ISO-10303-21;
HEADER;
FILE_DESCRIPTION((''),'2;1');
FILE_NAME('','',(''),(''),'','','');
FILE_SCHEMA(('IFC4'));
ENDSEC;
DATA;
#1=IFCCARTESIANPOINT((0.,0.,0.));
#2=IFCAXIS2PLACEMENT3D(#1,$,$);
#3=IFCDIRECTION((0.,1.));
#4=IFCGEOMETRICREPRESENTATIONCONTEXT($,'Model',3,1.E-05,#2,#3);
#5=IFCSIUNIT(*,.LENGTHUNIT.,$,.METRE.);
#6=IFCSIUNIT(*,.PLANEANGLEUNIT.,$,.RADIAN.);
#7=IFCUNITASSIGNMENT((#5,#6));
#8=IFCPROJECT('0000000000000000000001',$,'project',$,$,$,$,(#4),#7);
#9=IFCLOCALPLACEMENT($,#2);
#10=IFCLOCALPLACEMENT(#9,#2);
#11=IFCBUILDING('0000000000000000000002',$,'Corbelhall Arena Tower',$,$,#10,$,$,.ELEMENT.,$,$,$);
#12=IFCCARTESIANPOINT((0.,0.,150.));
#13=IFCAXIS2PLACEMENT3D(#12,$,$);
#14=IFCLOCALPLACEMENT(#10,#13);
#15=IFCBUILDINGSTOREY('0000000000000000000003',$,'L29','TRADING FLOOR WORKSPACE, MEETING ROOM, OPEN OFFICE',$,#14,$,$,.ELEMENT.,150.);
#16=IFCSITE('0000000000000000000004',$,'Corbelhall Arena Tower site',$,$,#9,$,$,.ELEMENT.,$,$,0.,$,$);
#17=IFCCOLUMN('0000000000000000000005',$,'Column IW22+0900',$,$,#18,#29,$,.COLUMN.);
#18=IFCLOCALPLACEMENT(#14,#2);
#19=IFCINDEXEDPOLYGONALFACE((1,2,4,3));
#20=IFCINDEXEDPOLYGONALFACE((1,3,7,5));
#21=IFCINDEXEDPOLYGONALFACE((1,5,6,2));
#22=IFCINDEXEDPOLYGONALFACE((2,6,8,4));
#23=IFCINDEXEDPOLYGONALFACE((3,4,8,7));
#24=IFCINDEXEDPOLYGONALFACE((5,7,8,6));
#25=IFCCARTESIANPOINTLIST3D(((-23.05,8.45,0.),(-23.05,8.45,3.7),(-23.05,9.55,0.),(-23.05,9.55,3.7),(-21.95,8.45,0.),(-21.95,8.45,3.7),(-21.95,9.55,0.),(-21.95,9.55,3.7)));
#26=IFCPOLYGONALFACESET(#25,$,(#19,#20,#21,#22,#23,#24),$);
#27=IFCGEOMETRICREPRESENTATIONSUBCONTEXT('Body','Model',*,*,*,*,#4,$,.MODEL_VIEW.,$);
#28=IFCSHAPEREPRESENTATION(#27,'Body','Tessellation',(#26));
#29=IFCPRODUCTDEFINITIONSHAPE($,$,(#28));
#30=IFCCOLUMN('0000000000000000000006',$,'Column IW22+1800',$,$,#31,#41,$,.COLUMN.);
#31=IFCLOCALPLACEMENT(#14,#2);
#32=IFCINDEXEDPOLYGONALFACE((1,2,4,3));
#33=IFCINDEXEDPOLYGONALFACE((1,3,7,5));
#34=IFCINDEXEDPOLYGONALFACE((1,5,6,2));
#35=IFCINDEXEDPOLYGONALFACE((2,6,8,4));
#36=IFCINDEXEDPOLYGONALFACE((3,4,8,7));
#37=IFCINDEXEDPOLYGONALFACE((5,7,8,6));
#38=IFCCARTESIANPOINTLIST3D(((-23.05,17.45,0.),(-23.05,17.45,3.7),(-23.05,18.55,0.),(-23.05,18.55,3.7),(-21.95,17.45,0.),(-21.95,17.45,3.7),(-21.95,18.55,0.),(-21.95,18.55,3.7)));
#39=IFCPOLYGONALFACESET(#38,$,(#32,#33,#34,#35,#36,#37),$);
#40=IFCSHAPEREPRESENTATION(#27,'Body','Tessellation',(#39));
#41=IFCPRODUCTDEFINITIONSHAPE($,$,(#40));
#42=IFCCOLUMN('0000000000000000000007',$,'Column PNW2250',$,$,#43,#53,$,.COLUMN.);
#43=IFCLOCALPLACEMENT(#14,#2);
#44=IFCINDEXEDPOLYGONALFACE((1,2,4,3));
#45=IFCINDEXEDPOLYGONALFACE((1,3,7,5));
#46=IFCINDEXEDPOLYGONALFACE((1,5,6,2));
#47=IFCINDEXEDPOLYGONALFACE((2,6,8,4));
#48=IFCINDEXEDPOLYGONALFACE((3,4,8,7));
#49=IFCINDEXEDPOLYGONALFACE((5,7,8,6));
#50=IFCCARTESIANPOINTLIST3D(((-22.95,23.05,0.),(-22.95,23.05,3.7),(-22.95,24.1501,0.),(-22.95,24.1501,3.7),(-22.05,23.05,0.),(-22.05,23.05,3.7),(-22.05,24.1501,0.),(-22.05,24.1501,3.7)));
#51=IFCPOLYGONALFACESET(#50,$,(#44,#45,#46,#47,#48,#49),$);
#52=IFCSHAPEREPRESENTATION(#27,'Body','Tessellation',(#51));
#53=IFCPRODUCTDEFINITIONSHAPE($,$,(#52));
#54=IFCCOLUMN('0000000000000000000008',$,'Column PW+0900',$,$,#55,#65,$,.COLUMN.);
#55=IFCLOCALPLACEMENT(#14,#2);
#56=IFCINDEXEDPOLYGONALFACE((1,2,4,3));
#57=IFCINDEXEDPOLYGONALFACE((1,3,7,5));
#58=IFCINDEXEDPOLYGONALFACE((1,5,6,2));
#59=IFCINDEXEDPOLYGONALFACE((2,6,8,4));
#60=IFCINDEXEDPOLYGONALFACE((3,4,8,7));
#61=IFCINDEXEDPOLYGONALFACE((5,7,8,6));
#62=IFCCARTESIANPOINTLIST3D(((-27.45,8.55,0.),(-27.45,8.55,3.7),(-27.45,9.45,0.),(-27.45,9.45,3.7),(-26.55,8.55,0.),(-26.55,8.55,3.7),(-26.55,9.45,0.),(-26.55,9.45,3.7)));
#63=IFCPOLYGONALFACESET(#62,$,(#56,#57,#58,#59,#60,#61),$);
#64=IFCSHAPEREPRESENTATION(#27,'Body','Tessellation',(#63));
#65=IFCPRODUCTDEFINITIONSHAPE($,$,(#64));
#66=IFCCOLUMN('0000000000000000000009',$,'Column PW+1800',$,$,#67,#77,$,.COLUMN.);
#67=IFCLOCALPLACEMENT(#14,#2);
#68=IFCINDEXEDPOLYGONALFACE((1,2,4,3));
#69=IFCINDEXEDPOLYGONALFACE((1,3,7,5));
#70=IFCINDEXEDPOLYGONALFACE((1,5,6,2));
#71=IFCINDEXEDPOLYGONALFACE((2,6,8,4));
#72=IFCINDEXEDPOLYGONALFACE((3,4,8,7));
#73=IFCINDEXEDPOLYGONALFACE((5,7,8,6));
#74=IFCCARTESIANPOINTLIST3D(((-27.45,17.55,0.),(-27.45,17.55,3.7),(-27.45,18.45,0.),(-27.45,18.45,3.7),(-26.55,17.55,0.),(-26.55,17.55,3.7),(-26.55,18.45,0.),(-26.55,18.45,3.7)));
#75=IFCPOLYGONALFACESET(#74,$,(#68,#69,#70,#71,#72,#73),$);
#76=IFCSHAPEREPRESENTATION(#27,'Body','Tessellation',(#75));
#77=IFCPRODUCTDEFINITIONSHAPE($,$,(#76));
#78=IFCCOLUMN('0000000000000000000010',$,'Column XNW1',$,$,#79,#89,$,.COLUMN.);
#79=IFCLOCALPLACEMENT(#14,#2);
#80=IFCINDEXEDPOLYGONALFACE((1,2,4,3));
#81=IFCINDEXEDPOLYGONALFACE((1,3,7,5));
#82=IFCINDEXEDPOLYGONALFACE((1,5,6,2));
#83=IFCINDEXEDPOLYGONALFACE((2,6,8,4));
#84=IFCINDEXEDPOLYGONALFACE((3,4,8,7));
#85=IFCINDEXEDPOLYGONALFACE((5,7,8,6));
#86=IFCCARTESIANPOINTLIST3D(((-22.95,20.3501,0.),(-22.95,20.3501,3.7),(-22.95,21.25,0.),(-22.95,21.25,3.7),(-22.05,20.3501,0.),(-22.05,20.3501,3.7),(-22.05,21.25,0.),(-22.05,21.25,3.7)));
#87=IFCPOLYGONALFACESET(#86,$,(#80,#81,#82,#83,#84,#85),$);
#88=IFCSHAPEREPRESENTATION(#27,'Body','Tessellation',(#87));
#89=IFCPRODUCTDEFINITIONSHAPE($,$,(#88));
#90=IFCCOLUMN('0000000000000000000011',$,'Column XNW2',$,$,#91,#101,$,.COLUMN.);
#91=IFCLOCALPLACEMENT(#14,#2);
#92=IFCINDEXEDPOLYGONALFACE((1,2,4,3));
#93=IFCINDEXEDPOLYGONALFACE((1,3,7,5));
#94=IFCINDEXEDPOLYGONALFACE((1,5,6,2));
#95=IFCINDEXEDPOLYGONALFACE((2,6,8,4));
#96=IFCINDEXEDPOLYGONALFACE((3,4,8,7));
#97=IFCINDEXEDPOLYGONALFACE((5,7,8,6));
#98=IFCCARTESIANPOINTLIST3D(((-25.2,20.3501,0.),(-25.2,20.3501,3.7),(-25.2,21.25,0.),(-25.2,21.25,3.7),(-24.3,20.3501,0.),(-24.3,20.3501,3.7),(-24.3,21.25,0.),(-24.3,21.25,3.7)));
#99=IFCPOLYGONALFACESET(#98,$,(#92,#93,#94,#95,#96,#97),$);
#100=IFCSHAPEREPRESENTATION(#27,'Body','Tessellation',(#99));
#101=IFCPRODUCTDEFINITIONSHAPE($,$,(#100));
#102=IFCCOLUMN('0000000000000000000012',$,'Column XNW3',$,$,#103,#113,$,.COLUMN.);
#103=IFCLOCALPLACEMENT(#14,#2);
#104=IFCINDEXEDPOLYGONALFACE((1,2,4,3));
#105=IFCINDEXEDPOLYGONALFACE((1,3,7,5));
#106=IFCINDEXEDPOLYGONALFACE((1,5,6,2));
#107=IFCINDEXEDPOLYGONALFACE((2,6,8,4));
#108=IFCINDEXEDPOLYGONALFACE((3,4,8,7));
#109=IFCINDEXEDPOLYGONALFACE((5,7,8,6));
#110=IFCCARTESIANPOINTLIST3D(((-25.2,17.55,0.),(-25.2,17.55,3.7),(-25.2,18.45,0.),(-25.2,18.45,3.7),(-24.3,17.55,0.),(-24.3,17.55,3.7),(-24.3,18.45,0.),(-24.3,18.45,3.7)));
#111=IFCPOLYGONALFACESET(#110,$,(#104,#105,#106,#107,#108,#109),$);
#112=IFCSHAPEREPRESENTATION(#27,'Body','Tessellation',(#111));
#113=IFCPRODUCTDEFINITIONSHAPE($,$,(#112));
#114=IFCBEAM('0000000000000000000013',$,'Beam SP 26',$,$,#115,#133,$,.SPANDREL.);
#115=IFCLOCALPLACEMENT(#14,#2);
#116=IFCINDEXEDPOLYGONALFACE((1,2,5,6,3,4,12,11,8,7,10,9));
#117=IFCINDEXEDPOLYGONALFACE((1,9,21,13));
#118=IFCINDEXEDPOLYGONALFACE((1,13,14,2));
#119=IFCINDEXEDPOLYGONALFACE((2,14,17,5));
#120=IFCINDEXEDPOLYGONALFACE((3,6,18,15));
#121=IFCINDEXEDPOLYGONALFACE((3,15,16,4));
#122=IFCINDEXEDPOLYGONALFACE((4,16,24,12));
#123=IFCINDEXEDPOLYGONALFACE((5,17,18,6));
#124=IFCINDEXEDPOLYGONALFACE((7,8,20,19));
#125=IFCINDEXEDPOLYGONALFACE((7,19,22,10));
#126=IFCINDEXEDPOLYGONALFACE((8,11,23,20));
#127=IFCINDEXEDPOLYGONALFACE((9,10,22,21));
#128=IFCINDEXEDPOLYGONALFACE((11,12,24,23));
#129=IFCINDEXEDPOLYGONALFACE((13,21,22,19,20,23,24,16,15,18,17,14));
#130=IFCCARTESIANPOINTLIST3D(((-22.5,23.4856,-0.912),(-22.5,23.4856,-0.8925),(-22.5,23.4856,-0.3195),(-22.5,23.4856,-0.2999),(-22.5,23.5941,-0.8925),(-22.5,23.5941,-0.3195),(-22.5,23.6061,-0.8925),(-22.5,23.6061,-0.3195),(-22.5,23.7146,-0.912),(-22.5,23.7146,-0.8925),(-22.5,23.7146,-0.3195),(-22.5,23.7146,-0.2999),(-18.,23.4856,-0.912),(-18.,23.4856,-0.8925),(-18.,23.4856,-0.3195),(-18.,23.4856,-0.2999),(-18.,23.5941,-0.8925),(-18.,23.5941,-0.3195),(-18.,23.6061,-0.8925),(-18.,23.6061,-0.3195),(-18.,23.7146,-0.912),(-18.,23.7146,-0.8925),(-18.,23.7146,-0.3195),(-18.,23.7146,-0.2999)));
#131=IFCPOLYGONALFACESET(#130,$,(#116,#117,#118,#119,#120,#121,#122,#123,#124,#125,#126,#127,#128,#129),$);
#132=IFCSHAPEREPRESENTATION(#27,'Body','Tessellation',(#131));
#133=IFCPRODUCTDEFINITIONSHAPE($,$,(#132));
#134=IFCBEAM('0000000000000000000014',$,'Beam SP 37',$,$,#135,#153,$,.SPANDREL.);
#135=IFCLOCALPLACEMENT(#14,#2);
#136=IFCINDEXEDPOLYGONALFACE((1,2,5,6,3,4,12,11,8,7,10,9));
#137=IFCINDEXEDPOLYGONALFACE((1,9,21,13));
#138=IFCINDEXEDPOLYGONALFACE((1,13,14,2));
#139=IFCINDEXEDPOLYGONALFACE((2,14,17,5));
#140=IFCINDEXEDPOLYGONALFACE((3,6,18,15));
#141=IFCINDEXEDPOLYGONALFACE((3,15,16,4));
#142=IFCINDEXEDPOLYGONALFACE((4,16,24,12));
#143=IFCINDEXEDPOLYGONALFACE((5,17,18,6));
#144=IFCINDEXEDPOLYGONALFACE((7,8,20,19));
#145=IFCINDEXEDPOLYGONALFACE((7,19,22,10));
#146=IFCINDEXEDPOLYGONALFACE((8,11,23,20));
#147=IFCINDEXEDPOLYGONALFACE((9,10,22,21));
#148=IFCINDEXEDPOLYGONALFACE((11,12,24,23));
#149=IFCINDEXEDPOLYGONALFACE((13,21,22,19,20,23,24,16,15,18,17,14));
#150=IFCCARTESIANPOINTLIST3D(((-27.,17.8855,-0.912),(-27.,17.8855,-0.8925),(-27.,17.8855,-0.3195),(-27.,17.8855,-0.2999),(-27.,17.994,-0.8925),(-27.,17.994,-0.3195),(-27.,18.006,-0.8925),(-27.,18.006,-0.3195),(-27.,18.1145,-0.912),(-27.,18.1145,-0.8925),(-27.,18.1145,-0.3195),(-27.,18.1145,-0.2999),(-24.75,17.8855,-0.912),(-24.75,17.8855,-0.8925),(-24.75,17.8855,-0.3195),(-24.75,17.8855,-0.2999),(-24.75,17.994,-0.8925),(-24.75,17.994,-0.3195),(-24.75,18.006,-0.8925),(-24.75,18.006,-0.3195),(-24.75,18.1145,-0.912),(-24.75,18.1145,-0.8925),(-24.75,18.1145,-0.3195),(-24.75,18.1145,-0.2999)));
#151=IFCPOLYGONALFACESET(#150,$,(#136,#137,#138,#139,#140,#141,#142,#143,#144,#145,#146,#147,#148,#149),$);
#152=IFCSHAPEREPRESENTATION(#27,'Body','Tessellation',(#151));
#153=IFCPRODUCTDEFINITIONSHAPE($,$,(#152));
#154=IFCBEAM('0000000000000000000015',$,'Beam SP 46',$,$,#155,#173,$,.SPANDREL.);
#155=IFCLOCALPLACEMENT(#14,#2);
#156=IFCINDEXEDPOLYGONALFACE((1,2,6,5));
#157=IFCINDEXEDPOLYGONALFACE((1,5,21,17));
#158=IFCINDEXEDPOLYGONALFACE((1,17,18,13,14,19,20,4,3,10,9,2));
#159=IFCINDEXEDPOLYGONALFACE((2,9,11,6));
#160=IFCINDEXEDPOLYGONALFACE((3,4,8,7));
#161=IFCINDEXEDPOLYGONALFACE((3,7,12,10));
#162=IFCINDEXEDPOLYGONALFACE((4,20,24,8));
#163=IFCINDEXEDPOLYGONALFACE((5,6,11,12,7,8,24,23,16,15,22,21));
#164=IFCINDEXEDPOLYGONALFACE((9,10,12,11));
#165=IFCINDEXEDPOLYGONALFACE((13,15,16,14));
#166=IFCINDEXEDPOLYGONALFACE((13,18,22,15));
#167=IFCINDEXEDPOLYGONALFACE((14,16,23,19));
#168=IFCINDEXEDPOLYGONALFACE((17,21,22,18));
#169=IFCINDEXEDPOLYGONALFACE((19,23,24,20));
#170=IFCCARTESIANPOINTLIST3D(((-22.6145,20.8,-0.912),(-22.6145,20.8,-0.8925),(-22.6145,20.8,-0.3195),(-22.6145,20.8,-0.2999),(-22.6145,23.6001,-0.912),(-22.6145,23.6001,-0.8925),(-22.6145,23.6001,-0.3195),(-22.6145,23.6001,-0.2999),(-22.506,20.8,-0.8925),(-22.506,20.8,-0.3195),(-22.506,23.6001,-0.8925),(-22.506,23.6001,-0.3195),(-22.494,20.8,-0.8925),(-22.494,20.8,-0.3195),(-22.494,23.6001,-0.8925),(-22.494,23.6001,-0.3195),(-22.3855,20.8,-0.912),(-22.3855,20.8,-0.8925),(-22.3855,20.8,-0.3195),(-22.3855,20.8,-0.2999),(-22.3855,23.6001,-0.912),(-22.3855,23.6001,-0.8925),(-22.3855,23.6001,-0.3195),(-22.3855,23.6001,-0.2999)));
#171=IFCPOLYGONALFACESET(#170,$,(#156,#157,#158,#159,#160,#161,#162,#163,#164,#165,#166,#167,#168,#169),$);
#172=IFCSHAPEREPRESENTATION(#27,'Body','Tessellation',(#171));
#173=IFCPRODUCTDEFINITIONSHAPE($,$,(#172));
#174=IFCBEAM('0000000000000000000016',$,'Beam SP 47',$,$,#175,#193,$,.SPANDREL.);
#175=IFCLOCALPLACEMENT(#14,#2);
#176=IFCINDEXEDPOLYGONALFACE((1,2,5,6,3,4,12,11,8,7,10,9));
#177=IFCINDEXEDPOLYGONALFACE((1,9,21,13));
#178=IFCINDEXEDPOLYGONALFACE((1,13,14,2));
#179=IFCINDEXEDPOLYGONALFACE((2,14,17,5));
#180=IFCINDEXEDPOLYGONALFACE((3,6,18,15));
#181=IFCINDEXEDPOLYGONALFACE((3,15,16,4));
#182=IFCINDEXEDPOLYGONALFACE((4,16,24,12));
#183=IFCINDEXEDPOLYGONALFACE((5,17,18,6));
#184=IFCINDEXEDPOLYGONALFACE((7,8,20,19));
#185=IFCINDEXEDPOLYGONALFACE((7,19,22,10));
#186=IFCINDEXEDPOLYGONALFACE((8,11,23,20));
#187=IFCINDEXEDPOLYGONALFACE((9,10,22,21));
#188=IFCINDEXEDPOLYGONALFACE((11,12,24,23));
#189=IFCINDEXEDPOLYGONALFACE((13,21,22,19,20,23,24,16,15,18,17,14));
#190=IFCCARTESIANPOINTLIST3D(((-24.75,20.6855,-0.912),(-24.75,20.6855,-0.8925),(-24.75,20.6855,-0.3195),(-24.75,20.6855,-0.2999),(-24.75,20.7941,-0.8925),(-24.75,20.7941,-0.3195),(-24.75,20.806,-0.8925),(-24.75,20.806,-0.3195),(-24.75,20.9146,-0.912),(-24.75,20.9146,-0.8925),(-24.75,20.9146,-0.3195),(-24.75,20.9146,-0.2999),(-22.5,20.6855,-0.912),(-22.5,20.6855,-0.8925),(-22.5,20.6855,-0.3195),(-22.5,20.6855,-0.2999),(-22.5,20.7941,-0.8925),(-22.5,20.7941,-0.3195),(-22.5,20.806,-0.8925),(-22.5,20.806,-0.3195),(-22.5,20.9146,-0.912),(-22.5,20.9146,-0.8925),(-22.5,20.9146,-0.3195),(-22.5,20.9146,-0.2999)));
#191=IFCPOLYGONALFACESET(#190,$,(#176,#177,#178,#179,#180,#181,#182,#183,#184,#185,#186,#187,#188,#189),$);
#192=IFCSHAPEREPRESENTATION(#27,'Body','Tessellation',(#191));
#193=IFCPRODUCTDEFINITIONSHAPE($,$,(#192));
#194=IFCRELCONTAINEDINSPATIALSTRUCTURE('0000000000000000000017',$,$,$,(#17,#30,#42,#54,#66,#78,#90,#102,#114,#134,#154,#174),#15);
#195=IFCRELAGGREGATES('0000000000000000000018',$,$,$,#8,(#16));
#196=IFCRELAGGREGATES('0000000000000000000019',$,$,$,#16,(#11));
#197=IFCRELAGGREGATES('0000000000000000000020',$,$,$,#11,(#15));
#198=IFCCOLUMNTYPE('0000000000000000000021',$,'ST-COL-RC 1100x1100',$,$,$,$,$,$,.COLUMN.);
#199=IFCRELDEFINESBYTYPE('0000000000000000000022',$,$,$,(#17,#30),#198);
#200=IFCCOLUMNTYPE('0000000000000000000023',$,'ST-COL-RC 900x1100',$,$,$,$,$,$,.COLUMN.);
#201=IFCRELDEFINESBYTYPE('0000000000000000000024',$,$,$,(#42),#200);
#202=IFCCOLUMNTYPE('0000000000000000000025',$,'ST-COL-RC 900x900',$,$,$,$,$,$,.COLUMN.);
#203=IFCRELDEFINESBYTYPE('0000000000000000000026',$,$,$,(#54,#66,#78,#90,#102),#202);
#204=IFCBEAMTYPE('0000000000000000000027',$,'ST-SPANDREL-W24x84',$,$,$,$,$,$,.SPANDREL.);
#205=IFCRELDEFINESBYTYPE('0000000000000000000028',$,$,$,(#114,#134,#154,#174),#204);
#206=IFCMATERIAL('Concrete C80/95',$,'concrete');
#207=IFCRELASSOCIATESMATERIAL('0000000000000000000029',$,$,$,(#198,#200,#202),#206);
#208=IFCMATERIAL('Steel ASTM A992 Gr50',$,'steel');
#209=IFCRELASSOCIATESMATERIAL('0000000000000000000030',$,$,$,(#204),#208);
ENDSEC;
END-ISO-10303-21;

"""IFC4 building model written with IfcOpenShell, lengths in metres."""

from ifc_helpers import new_model, si_unit, direction, frame, origin, origin_2d, place, context, subcontext, project, spatial, rectangle, i_section, extrude, material, material_profile, profile_set, type_object, element, save


model = new_model("IFC4")

# Units and contexts
model_context = context("Model", 3, precision=1e-05, world=origin(), true_north=direction((0.0, 1.0)))
body_context = subcontext(model_context, "Body", "Model", "MODEL_VIEW")
ifc_project = project(units=[si_unit("LENGTHUNIT", "METRE"), si_unit("PLANEANGLEUNIT", "RADIAN")], contexts=[model_context])

# Site, building, storey
site_placement = place(None, origin())
site = spatial("IfcSite", under=ifc_project, at=site_placement, Name="Corbelhall Arena Tower site", CompositionType="ELEMENT", RefElevation=0.0)
building_placement = place(site_placement, origin())
building = spatial("IfcBuilding", under=site, at=building_placement, Name="Corbelhall Arena Tower", CompositionType="ELEMENT")
storey_placement = place(building_placement, frame((0.0, 0.0, 150.0)))
storey = spatial("IfcBuildingStorey", under=building, at=storey_placement, Name="L29", Description="TRADING FLOOR WORKSPACE, MEETING ROOM, OPEN OFFICE", CompositionType="ELEMENT", Elevation=150.0)

# Columns
ifc_material_1 = material(Name="Concrete C80/95", Category="concrete")
ifc_material_profile_1 = material_profile(ifc_material_1, rectangle(XDim=1.1001, YDim=1.1001, at=origin_2d()))
ifc_profile_set_1 = profile_set([ifc_material_profile_1], Name="Concrete C80/95")
column_type_1 = type_object("IfcColumnType", Name="ST-COL-RC 1100x1100", PredefinedType="COLUMN", material=ifc_profile_set_1)
for number, where, z_axis, x_axis, name in (
    (1, (-22.5, 9.0, 0.0), (0.0, 0.0, 1.0), (1.0, 0.0, 0.0), "Column IW22+0900"),
    (2, (-22.5, 18.0, 0.0), (0.0, 0.0, 1.0), (1.0, 0.0, 0.0), "Column IW22+1800"),
):
    element("IfcColumn", number, at=place(storey_placement, frame(where, z_axis=z_axis, x_axis=x_axis)), inside=storey, type_object=column_type_1, Name=name, PredefinedType="COLUMN", context=body_context, shape_type="SweptSolid", body=[
        extrude(rectangle(XDim=1.1001, YDim=1.1001, at=origin_2d()), origin(), (0.0, 0.0, 1.0), 3.7),
    ])
ifc_material_profile_2 = material_profile(ifc_material_1, rectangle(XDim=0.8999, YDim=1.1001, at=origin_2d()))
ifc_profile_set_2 = profile_set([ifc_material_profile_2], Name="Concrete C80/95")
column_type_2 = type_object("IfcColumnType", Name="ST-COL-RC 900x1100", PredefinedType="COLUMN", material=ifc_profile_set_2)
column_placement = place(storey_placement, frame((-22.5, 23.6001, 0.0), z_axis=(0.0, 0.0, 1.0), x_axis=(1.0, 0.0, 0.0)))
element("IfcColumn", 3, at=column_placement, inside=storey, type_object=column_type_2, Name="Column PNW2250", PredefinedType="COLUMN", context=body_context, shape_type="SweptSolid", body=[
    extrude(rectangle(XDim=0.8999, YDim=1.1001, at=origin_2d()), origin(), (0.0, 0.0, 1.0), 3.7),
])
ifc_material_profile_3 = material_profile(ifc_material_1, rectangle(XDim=0.8999, YDim=0.8999, at=origin_2d()))
ifc_profile_set_3 = profile_set([ifc_material_profile_3], Name="Concrete C80/95")
column_type_3 = type_object("IfcColumnType", Name="ST-COL-RC 900x900", PredefinedType="COLUMN", material=ifc_profile_set_3)
for number, where, z_axis, x_axis, name in (
    (4, (-27.0, 9.0, 0.0), (0.0, 0.0, 1.0), (1.0, 0.0, 0.0), "Column PW+0900"),
    (5, (-27.0, 18.0, 0.0), (0.0, 0.0, 1.0), (1.0, 0.0, 0.0), "Column PW+1800"),
    (6, (-22.5, 20.8, 0.0), (0.0, 0.0, 1.0), (1.0, 0.0, 0.0), "Column XNW1"),
    (7, (-24.75, 20.8, 0.0), (0.0, 0.0, 1.0), (1.0, 0.0, 0.0), "Column XNW2"),
    (8, (-24.75, 18.0, 0.0), (0.0, 0.0, 1.0), (1.0, 0.0, 0.0), "Column XNW3"),
):
    element("IfcColumn", number, at=place(storey_placement, frame(where, z_axis=z_axis, x_axis=x_axis)), inside=storey, type_object=column_type_3, Name=name, PredefinedType="COLUMN", context=body_context, shape_type="SweptSolid", body=[
        extrude(rectangle(XDim=0.8999, YDim=0.8999, at=origin_2d()), origin(), (0.0, 0.0, 1.0), 3.7),
    ])

# Beams
ifc_material_2 = material(Name="Steel ASTM A992 Gr50", Category="steel")
ifc_material_profile_4 = material_profile(ifc_material_2, i_section(OverallWidth=0.229, OverallDepth=0.6121, WebThickness=0.012, FlangeThickness=0.0195, at=origin_2d()))
ifc_profile_set_4 = profile_set([ifc_material_profile_4], Name="Steel ASTM A992 Gr50")
beam_type = type_object("IfcBeamType", Name="ST-SPANDREL-W24x84", PredefinedType="SPANDREL", material=ifc_profile_set_4)
beam_1_placement = place(storey_placement, frame((-22.5, 23.6001, -0.606), z_axis=(1.0, 0.0, 0.0), x_axis=(0.0, 1.0, 0.0)))
element("IfcBeam", 9, at=beam_1_placement, inside=storey, type_object=beam_type, Name="Beam SP 26", PredefinedType="SPANDREL", context=body_context, shape_type="SweptSolid", body=[
    extrude(i_section(OverallWidth=0.229, OverallDepth=0.6121, WebThickness=0.012, FlangeThickness=0.0195, at=origin_2d()), origin(), (0.0, 0.0, 1.0), 4.5),
])
beam_2_placement = place(storey_placement, frame((-27.0, 18.0, -0.606), z_axis=(1.0, 0.0, 0.0), x_axis=(0.0, 1.0, 0.0)))
element("IfcBeam", 10, at=beam_2_placement, inside=storey, type_object=beam_type, Name="Beam SP 37", PredefinedType="SPANDREL", context=body_context, shape_type="SweptSolid", body=[
    extrude(i_section(OverallWidth=0.229, OverallDepth=0.6121, WebThickness=0.012, FlangeThickness=0.0195, at=origin_2d()), origin(), (0.0, 0.0, 1.0), 2.25),
])
beam_3_placement = place(storey_placement, frame((-22.5, 20.8, -0.606), z_axis=(0.0, 1.0, 0.0), x_axis=(-1.0, 0.0, 0.0)))
element("IfcBeam", 11, at=beam_3_placement, inside=storey, type_object=beam_type, Name="Beam SP 46", PredefinedType="SPANDREL", context=body_context, shape_type="SweptSolid", body=[
    extrude(i_section(OverallWidth=0.229, OverallDepth=0.6121, WebThickness=0.012, FlangeThickness=0.0195, at=origin_2d()), origin(), (0.0, 0.0, 1.0), 2.8),
])
beam_4_placement = place(storey_placement, frame((-24.75, 20.8, -0.606), z_axis=(1.0, 0.0, 0.0), x_axis=(0.0, 1.0, 0.0)))
element("IfcBeam", 12, at=beam_4_placement, inside=storey, type_object=beam_type, Name="Beam SP 47", PredefinedType="SPANDREL", context=body_context, shape_type="SweptSolid", body=[
    extrude(i_section(OverallWidth=0.229, OverallDepth=0.6121, WebThickness=0.012, FlangeThickness=0.0195, at=origin_2d()), origin(), (0.0, 0.0, 1.0), 2.25),
])

save(model, "model.ifc")
